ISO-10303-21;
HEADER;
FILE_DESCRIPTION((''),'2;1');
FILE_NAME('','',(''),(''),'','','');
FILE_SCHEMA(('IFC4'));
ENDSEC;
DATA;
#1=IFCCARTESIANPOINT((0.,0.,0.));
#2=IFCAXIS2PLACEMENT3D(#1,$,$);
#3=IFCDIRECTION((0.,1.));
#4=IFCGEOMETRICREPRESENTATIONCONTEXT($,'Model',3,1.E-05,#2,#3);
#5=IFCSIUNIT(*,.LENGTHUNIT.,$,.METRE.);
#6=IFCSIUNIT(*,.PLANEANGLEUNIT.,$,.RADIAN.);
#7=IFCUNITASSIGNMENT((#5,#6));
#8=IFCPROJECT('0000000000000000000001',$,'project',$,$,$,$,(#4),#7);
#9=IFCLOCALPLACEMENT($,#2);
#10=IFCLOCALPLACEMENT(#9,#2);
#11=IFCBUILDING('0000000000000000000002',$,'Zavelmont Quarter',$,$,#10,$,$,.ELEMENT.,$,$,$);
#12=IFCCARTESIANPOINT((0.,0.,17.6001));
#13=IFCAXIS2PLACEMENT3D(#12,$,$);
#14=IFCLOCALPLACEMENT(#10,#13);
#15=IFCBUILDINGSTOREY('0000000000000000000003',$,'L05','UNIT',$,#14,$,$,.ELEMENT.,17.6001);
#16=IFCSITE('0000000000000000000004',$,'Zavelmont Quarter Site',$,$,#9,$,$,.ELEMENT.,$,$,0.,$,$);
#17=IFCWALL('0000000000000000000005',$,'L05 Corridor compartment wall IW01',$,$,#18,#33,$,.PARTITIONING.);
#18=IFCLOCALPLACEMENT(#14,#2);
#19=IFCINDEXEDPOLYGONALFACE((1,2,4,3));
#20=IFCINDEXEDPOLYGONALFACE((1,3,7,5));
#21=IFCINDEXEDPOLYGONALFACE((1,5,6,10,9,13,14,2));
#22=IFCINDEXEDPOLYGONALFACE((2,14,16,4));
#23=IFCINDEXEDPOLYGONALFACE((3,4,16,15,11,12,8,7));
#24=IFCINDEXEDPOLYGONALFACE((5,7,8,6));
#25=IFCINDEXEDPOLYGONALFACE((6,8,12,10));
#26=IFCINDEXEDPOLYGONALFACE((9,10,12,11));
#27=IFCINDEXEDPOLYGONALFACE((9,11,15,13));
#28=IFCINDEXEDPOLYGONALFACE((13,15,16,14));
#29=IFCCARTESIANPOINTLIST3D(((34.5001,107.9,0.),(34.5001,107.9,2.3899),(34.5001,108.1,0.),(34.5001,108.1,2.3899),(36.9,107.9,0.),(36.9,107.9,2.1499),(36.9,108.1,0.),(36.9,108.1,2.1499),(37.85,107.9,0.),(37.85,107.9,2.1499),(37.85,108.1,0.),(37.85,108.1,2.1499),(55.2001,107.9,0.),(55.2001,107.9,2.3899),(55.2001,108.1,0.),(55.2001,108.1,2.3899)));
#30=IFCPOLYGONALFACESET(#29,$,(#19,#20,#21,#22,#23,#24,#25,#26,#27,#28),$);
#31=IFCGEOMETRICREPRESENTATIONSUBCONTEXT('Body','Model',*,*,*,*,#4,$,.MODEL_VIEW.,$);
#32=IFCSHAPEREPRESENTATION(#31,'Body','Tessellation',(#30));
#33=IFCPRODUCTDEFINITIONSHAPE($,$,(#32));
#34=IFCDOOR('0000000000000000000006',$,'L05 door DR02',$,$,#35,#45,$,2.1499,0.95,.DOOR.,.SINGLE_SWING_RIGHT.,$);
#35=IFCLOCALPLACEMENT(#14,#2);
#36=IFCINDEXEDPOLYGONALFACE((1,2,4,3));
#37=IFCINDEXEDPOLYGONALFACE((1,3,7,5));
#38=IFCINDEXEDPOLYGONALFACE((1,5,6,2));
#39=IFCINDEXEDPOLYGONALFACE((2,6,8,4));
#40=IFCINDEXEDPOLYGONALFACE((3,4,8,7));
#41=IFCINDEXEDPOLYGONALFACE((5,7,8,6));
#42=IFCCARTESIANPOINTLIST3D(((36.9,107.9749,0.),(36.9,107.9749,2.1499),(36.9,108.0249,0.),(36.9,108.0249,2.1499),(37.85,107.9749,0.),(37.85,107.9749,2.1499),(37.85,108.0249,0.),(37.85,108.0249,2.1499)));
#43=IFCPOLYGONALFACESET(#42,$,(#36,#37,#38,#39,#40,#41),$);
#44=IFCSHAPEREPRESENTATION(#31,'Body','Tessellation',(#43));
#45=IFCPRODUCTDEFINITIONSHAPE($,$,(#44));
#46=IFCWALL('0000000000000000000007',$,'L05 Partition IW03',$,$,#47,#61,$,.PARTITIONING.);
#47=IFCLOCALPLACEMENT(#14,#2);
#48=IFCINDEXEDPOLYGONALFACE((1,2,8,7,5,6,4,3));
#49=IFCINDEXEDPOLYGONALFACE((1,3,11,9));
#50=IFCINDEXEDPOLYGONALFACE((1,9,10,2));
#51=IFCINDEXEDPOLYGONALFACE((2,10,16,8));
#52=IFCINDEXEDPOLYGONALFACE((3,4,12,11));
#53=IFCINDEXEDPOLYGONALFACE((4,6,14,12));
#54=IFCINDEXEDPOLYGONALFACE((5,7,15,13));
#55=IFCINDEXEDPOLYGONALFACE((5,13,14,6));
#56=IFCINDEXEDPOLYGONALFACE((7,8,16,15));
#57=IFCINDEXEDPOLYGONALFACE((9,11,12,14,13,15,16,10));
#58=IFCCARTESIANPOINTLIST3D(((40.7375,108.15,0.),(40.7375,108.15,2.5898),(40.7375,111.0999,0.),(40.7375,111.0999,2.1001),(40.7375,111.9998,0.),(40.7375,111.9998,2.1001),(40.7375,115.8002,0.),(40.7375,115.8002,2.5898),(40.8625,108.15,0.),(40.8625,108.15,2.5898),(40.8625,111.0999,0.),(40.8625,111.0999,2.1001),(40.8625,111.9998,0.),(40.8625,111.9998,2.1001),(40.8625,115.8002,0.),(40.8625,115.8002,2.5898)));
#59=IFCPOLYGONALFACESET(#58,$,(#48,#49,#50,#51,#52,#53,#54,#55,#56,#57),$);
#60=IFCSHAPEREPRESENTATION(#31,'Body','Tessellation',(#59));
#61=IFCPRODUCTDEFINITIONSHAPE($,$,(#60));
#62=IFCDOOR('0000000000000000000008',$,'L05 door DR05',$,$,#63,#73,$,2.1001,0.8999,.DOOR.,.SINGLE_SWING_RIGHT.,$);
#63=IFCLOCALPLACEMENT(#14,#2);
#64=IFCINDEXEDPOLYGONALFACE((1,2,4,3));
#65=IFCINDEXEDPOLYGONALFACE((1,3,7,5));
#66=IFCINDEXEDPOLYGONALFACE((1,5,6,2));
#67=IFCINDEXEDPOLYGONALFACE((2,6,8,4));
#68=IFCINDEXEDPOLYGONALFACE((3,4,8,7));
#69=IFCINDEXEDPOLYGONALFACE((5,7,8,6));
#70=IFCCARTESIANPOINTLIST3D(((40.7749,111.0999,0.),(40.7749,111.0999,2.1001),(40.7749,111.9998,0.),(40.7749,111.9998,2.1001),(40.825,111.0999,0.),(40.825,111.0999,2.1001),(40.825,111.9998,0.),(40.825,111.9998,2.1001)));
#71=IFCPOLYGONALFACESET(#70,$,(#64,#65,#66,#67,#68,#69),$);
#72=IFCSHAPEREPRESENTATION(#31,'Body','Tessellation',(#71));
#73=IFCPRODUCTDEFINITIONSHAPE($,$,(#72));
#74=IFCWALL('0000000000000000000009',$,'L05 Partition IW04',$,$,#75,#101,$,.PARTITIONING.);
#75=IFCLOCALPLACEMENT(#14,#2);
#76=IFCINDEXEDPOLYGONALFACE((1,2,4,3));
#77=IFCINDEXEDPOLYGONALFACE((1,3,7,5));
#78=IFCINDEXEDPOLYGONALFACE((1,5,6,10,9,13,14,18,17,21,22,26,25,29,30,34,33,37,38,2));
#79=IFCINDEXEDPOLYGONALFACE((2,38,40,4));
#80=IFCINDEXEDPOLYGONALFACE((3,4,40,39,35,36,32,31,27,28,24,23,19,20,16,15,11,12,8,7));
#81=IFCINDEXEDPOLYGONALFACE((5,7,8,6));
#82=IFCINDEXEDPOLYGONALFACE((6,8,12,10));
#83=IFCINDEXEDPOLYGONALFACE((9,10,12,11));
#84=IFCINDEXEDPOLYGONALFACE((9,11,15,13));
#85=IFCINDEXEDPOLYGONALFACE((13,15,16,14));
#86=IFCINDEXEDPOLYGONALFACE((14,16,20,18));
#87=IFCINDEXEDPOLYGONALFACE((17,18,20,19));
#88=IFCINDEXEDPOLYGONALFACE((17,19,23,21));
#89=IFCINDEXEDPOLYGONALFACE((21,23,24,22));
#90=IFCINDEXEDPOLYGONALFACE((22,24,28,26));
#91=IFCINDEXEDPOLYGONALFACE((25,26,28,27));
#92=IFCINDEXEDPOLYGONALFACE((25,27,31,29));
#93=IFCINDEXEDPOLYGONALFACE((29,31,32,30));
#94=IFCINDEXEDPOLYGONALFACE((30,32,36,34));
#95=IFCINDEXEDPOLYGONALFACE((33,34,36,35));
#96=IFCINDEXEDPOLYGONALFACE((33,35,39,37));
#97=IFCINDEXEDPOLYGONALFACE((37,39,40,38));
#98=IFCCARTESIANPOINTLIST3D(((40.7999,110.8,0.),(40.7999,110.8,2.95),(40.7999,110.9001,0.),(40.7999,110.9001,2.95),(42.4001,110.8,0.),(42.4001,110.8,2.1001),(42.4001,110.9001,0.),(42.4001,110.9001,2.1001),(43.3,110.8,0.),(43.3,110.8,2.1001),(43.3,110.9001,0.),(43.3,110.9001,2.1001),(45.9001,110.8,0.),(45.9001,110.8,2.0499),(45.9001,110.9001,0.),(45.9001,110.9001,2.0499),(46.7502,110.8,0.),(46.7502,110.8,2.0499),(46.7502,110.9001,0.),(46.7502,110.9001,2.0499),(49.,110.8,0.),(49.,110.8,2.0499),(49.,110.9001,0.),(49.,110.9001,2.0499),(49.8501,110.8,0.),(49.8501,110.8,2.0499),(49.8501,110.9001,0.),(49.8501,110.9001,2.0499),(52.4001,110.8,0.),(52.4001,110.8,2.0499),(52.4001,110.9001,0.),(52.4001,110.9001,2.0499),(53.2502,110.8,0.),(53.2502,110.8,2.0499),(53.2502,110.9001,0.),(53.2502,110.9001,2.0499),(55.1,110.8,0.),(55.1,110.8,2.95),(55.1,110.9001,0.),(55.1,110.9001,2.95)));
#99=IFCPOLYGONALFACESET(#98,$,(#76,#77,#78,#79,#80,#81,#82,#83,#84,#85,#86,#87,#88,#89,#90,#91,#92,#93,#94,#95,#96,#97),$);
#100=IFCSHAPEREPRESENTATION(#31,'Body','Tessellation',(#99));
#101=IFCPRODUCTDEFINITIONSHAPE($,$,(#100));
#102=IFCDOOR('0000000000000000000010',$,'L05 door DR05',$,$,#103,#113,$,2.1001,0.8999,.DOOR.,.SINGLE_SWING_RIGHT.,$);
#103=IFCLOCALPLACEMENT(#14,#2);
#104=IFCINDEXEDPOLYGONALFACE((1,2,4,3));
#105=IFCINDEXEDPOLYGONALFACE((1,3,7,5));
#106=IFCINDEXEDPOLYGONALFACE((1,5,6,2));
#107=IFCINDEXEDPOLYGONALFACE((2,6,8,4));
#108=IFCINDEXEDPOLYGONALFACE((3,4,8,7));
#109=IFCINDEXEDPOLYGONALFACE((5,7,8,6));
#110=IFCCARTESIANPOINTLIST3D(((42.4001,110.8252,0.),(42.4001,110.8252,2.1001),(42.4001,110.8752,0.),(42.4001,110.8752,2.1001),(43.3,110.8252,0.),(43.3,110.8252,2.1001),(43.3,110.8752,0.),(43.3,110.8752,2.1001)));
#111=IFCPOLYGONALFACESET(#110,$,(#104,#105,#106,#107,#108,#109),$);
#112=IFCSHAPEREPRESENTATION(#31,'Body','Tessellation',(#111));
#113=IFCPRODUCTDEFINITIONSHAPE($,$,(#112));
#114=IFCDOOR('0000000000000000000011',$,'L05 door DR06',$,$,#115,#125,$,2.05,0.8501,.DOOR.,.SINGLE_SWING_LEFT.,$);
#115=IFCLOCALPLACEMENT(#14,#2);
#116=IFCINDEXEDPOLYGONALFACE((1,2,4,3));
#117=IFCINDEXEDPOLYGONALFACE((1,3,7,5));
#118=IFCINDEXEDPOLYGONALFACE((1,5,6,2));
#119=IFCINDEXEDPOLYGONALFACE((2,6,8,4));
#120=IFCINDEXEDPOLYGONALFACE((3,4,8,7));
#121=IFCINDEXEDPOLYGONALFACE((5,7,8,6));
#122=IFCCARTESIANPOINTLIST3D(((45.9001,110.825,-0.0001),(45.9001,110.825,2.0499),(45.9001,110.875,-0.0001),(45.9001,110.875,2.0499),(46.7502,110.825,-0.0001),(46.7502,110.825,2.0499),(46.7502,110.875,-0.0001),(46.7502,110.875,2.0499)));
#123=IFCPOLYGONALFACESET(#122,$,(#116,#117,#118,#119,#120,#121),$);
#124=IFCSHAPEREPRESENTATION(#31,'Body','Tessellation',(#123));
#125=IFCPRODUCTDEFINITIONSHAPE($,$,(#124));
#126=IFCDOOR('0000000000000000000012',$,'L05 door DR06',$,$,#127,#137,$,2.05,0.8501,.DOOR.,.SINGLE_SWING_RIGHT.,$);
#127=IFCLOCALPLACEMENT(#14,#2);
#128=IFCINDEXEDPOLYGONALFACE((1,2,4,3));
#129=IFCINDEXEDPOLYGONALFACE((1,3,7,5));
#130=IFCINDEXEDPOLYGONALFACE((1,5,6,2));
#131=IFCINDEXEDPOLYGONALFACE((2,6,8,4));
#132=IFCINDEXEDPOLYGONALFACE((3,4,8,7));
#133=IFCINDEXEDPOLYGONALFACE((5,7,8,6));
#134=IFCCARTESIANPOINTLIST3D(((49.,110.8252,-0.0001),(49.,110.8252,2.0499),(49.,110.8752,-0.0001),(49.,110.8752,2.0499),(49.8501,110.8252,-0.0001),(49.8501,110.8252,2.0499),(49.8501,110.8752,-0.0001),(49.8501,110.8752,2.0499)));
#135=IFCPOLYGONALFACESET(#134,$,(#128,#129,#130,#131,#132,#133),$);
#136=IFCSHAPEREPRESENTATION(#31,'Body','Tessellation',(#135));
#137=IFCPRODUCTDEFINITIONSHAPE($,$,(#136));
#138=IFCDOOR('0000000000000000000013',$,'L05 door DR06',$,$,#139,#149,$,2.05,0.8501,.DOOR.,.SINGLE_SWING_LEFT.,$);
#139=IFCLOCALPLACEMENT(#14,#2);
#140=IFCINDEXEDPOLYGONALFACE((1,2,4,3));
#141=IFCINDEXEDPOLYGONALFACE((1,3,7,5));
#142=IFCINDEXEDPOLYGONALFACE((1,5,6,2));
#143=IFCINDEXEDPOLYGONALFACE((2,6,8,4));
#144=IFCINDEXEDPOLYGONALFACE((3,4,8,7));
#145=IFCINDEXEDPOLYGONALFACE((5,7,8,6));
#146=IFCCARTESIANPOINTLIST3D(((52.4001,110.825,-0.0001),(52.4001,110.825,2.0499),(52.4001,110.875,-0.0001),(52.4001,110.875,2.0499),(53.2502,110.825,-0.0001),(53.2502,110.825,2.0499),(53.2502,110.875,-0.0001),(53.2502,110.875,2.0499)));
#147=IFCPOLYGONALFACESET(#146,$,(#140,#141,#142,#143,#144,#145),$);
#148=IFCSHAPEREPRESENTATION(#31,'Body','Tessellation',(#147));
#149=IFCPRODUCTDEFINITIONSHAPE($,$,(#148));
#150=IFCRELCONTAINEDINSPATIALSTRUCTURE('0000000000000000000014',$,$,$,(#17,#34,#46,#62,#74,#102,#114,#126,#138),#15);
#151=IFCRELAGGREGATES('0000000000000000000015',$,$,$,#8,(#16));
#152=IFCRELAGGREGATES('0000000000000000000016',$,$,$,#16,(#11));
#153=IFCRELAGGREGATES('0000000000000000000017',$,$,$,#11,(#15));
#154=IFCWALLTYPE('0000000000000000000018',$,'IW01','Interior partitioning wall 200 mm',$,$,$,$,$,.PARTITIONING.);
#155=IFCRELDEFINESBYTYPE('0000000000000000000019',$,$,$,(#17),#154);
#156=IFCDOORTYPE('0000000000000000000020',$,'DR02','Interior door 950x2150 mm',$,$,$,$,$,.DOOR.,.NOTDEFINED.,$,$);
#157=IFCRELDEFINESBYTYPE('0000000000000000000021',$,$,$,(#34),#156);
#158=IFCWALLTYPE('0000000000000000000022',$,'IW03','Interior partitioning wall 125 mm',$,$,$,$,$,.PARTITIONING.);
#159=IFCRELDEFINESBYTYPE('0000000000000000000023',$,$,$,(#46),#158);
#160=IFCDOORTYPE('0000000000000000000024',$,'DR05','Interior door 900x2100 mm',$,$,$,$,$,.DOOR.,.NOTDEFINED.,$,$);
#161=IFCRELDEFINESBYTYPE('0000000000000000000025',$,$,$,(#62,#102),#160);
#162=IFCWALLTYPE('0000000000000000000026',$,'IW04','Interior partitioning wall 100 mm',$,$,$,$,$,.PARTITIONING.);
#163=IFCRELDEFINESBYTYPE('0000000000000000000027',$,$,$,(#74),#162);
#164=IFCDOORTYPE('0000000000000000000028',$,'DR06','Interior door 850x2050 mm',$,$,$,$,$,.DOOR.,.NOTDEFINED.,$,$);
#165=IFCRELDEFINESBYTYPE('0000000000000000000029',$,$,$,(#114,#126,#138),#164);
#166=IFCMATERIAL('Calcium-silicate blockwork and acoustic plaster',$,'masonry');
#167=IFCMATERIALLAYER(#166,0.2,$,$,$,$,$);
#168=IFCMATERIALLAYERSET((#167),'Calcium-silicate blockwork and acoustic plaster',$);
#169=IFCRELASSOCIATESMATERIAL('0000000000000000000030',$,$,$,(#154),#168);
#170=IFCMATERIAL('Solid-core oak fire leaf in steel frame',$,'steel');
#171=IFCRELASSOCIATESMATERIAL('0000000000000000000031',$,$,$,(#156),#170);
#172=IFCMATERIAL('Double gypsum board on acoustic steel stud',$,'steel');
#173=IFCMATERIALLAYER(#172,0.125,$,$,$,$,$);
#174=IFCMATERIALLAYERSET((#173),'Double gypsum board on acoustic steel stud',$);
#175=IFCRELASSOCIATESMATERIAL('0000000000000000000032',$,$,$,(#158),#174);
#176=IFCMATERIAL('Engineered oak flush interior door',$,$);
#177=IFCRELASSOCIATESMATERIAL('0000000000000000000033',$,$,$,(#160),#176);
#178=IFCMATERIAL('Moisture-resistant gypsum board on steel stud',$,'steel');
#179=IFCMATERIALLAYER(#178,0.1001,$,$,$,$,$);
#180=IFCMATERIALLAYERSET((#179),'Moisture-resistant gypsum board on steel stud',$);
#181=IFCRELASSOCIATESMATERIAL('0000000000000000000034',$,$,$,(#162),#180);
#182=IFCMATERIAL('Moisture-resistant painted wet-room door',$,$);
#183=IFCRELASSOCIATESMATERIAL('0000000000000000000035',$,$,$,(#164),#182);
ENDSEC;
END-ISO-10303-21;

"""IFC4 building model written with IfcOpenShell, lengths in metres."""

from ifc_helpers import new_model, si_unit, direction, frame, frame_2d, origin, origin_with_axes, place, context, subcontext, project, spatial, rectangle, extrude, material, layer, layer_set, type_object, element, fill, save


model = new_model("IFC4")

# Units and contexts
model_context = context("Model", 3, precision=1e-05, world=origin(), true_north=direction((0.0, 1.0)))
body_context = subcontext(model_context, "Body", "Model", "MODEL_VIEW")
ifc_project = project(units=[si_unit("LENGTHUNIT", "METRE"), si_unit("PLANEANGLEUNIT", "RADIAN")], contexts=[model_context])

# Site, building, storey
site_placement = place(None, origin())
site = spatial("IfcSite", under=ifc_project, at=site_placement, Name="Zavelmont Quarter Site", CompositionType="ELEMENT", RefElevation=0.0)
building_placement = place(site_placement, origin())
building = spatial("IfcBuilding", under=site, at=building_placement, Name="Zavelmont Quarter", CompositionType="ELEMENT")
storey_placement = place(building_placement, frame((0.0, 0.0, 17.6001)))
storey = spatial("IfcBuildingStorey", under=building, at=storey_placement, Name="L05", Description="UNIT", CompositionType="ELEMENT", Elevation=17.6001)

# Shared definitions
ifc_material_1 = material(Name="Calcium-silicate blockwork and acoustic plaster", Category="masonry")
ifc_layer_1 = layer(ifc_material_1, 0.2)
ifc_layer_set_1 = layer_set([ifc_layer_1], Name="Calcium-silicate blockwork and acoustic plaster")
wall_type_1 = type_object("IfcWallType", Name="IW01", Description="Interior partitioning wall 200 mm", PredefinedType="PARTITIONING", material=ifc_layer_set_1)

# Walls, openings, doors
wall_1_placement = place(storey_placement, frame((34.5, 108.0, 0.0), z_axis=(0.0, 0.0, 1.0), x_axis=(1.0, 0.0, 0.0)))
wall_1 = element("IfcWall", 1, at=wall_1_placement, inside=storey, type_object=wall_type_1, Name="L05 Corridor compartment wall IW01", PredefinedType="PARTITIONING", context=body_context, shape_type="SweptSolid", body=[
    extrude(rectangle(XDim=20.7, YDim=0.2, at=frame_2d((10.3501, 0.0))), origin(), (0.0, 0.0, 1.0), 2.3899),
])
opening_1_placement = place(wall_1_placement, frame((2.3999, 0.0, 0.0)))
opening_1 = element("IfcOpeningElement", 2, at=opening_1_placement, cuts=wall_1, PredefinedType="OPENING", context=body_context, shape_type="SweptSolid", body=[
    extrude(rectangle(XDim=0.95, YDim=2.1499, at=frame_2d((0.4751, 1.075))), frame((0.0, 0.1118, 0.0), z_axis=(0.0, -1.0, 0.0), x_axis=(1.0, 0.0, 0.0)), (0.0, 0.0, 1.0), 0.2239),
])
ifc_material_2 = material(Name="Solid-core oak fire leaf in steel frame", Category="steel")
door_type_1 = type_object("IfcDoorType", Name="DR02", Description="Interior door 950x2150 mm", OperationType="NOTDEFINED", PredefinedType="DOOR", material=ifc_material_2)
door_1_placement = place(opening_1_placement, origin_with_axes())
door_1 = element("IfcDoor", 3, at=door_1_placement, inside=storey, type_object=door_type_1, Name="L05 door DR02", OperationType="SINGLE_SWING_RIGHT", OverallHeight=2.1499, OverallWidth=0.95, PredefinedType="DOOR", context=body_context, shape_type="SweptSolid", body=[
    extrude(rectangle(XDim=0.95, YDim=2.1499, at=frame_2d((0.4751, 1.075))), frame((0.0, 0.0249, 0.0), z_axis=(0.0, -1.0, 0.0), x_axis=(1.0, 0.0, 0.0)), (0.0, 0.0, 1.0), 0.05),
])
fill(opening_1, door_1)
ifc_material_3 = material(Name="Double gypsum board on acoustic steel stud", Category="steel")
ifc_layer_2 = layer(ifc_material_3, 0.125)
ifc_layer_set_2 = layer_set([ifc_layer_2], Name="Double gypsum board on acoustic steel stud")
wall_type_2 = type_object("IfcWallType", Name="IW03", Description="Interior partitioning wall 125 mm", PredefinedType="PARTITIONING", material=ifc_layer_set_2)
wall_2_placement = place(storey_placement, frame((40.8, 108.1499, 0.0), z_axis=(0.0, 0.0, 1.0), x_axis=(0.0, 1.0, 0.0)))
wall_2 = element("IfcWall", 4, at=wall_2_placement, inside=storey, type_object=wall_type_2, Name="L05 Partition IW03", PredefinedType="PARTITIONING", context=body_context, shape_type="SweptSolid", body=[
    extrude(rectangle(XDim=7.6501, YDim=0.125, at=frame_2d((3.8252, 0.0))), origin(), (0.0, 0.0, 1.0), 2.5898),
])
opening_2_placement = place(wall_2_placement, frame((2.95, 0.0, 0.0)))
opening_2 = element("IfcOpeningElement", 5, at=opening_2_placement, cuts=wall_2, PredefinedType="OPENING", context=body_context, shape_type="SweptSolid", body=[
    extrude(rectangle(XDim=0.8999, YDim=2.1001, at=frame_2d((0.45, 1.05))), frame((0.0, 0.0745, 0.0), z_axis=(0.0, -1.0, 0.0), x_axis=(1.0, 0.0, 0.0)), (0.0, 0.0, 1.0), 0.1489),
])
ifc_material_4 = material(Name="Engineered oak flush interior door")
door_type_2 = type_object("IfcDoorType", Name="DR05", Description="Interior door 900x2100 mm", OperationType="NOTDEFINED", PredefinedType="DOOR", material=ifc_material_4)
door_2_placement = place(opening_2_placement, frame((0.8999, 0.0, 0.0), z_axis=(0.0, 0.0, 1.0), x_axis=(-1.0, 0.0, 0.0)))
door_2 = element("IfcDoor", 6, at=door_2_placement, inside=storey, type_object=door_type_2, Name="L05 door DR05", OperationType="SINGLE_SWING_RIGHT", OverallHeight=2.1001, OverallWidth=0.8999, PredefinedType="DOOR", context=body_context, shape_type="SweptSolid", body=[
    extrude(rectangle(XDim=0.8999, YDim=2.1001, at=frame_2d((0.45, 1.05))), frame((0.0, 0.0249, 0.0), z_axis=(0.0, -1.0, 0.0), x_axis=(1.0, 0.0, 0.0)), (0.0, 0.0, 1.0), 0.05),
])
fill(opening_2, door_2)

# Wall, openings, doors
ifc_material_5 = material(Name="Moisture-resistant gypsum board on steel stud", Category="steel")
ifc_layer_3 = layer(ifc_material_5, 0.1001)
ifc_layer_set_3 = layer_set([ifc_layer_3], Name="Moisture-resistant gypsum board on steel stud")
wall_type_3 = type_object("IfcWallType", Name="IW04", Description="Interior partitioning wall 100 mm", PredefinedType="PARTITIONING", material=ifc_layer_set_3)
wall_3_placement = place(storey_placement, frame((40.8, 110.8501, 0.0), z_axis=(0.0, 0.0, 1.0), x_axis=(1.0, 0.0, 0.0)))
wall_3 = element("IfcWall", 7, at=wall_3_placement, inside=storey, type_object=wall_type_3, Name="L05 Partition IW04", PredefinedType="PARTITIONING", context=body_context, shape_type="SweptSolid", body=[
    extrude(rectangle(XDim=14.3, YDim=0.1001, at=frame_2d((7.1499, 0.0))), origin(), (0.0, 0.0, 1.0), 2.95),
])
opening_3_placement = place(wall_3_placement, frame((1.6001, 0.0, 0.0)))
opening_3 = element("IfcOpeningElement", 8, at=opening_3_placement, cuts=wall_3, PredefinedType="OPENING", context=body_context, shape_type="SweptSolid", body=[
    extrude(rectangle(XDim=0.8999, YDim=2.1001, at=frame_2d((0.45, 1.05))), frame((0.0, 0.062, 0.0), z_axis=(0.0, -1.0, 0.0), x_axis=(1.0, 0.0, 0.0)), (0.0, 0.0, 1.0), 0.124),
])
opening_4_placement = place(wall_3_placement, frame((5.1001, 0.0, 0.0)))
opening_4 = element("IfcOpeningElement", 9, at=opening_4_placement, cuts=wall_3, PredefinedType="OPENING", context=body_context, shape_type="SweptSolid", body=[
    extrude(rectangle(XDim=0.8501, YDim=2.05, at=frame_2d((0.425, 1.0249))), frame((0.0, 0.062, 0.0), z_axis=(0.0, -1.0, 0.0), x_axis=(1.0, 0.0, 0.0)), (0.0, 0.0, 1.0), 0.124),
])
opening_5_placement = place(wall_3_placement, frame((8.2, 0.0, 0.0)))
opening_5 = element("IfcOpeningElement", 10, at=opening_5_placement, cuts=wall_3, PredefinedType="OPENING", context=body_context, shape_type="SweptSolid", body=[
    extrude(rectangle(XDim=0.8501, YDim=2.05, at=frame_2d((0.425, 1.0249))), frame((0.0, 0.062, 0.0), z_axis=(0.0, -1.0, 0.0), x_axis=(1.0, 0.0, 0.0)), (0.0, 0.0, 1.0), 0.124),
])
opening_6_placement = place(wall_3_placement, frame((11.6001, 0.0, 0.0)))
opening_6 = element("IfcOpeningElement", 11, at=opening_6_placement, cuts=wall_3, PredefinedType="OPENING", context=body_context, shape_type="SweptSolid", body=[
    extrude(rectangle(XDim=0.8501, YDim=2.05, at=frame_2d((0.425, 1.0249))), frame((0.0, 0.062, 0.0), z_axis=(0.0, -1.0, 0.0), x_axis=(1.0, 0.0, 0.0)), (0.0, 0.0, 1.0), 0.124),
])
door_3_placement = place(opening_3_placement, frame((0.8999, 0.0, 0.0), z_axis=(0.0, 0.0, 1.0), x_axis=(-1.0, 0.0, 0.0)))
door_3 = element("IfcDoor", 12, at=door_3_placement, inside=storey, type_object=door_type_2, Name="L05 door DR05", OperationType="SINGLE_SWING_RIGHT", OverallHeight=2.1001, OverallWidth=0.8999, PredefinedType="DOOR", context=body_context, shape_type="SweptSolid", body=[
    extrude(rectangle(XDim=0.8999, YDim=2.1001, at=frame_2d((0.45, 1.05))), frame((0.0, 0.0249, 0.0), z_axis=(0.0, -1.0, 0.0), x_axis=(1.0, 0.0, 0.0)), (0.0, 0.0, 1.0), 0.05),
])
fill(opening_3, door_3)
ifc_material_6 = material(Name="Moisture-resistant painted wet-room door")
door_type_3 = type_object("IfcDoorType", Name="DR06", Description="Interior door 850x2050 mm", OperationType="NOTDEFINED", PredefinedType="DOOR", material=ifc_material_6)
door_4_placement = place(opening_4_placement, origin_with_axes())
door_4 = element("IfcDoor", 13, at=door_4_placement, inside=storey, type_object=door_type_3, Name="L05 door DR06", OperationType="SINGLE_SWING_LEFT", OverallHeight=2.05, OverallWidth=0.8501, PredefinedType="DOOR", context=body_context, shape_type="SweptSolid", body=[
    extrude(rectangle(XDim=0.8501, YDim=2.05, at=frame_2d((0.425, 1.0249))), frame((0.0, 0.0249, 0.0), z_axis=(0.0, -1.0, 0.0), x_axis=(1.0, 0.0, 0.0)), (0.0, 0.0, 1.0), 0.05),
])
fill(opening_4, door_4)
door_5_placement = place(opening_5_placement, frame((0.8501, 0.0, 0.0), z_axis=(0.0, 0.0, 1.0), x_axis=(-1.0, 0.0, 0.0)))
door_5 = element("IfcDoor", 14, at=door_5_placement, inside=storey, type_object=door_type_3, Name="L05 door DR06", OperationType="SINGLE_SWING_RIGHT", OverallHeight=2.05, OverallWidth=0.8501, PredefinedType="DOOR", context=body_context, shape_type="SweptSolid", body=[
    extrude(rectangle(XDim=0.8501, YDim=2.05, at=frame_2d((0.425, 1.0249))), frame((0.0, 0.0249, 0.0), z_axis=(0.0, -1.0, 0.0), x_axis=(1.0, 0.0, 0.0)), (0.0, 0.0, 1.0), 0.05),
])
fill(opening_5, door_5)
door_6_placement = place(opening_6_placement, origin_with_axes())
door_6 = element("IfcDoor", 15, at=door_6_placement, inside=storey, type_object=door_type_3, Name="L05 door DR06", OperationType="SINGLE_SWING_LEFT", OverallHeight=2.05, OverallWidth=0.8501, PredefinedType="DOOR", context=body_context, shape_type="SweptSolid", body=[
    extrude(rectangle(XDim=0.8501, YDim=2.05, at=frame_2d((0.425, 1.0249))), frame((0.0, 0.0249, 0.0), z_axis=(0.0, -1.0, 0.0), x_axis=(1.0, 0.0, 0.0)), (0.0, 0.0, 1.0), 0.05),
])
fill(opening_6, door_6)

save(model, "model.ifc")
